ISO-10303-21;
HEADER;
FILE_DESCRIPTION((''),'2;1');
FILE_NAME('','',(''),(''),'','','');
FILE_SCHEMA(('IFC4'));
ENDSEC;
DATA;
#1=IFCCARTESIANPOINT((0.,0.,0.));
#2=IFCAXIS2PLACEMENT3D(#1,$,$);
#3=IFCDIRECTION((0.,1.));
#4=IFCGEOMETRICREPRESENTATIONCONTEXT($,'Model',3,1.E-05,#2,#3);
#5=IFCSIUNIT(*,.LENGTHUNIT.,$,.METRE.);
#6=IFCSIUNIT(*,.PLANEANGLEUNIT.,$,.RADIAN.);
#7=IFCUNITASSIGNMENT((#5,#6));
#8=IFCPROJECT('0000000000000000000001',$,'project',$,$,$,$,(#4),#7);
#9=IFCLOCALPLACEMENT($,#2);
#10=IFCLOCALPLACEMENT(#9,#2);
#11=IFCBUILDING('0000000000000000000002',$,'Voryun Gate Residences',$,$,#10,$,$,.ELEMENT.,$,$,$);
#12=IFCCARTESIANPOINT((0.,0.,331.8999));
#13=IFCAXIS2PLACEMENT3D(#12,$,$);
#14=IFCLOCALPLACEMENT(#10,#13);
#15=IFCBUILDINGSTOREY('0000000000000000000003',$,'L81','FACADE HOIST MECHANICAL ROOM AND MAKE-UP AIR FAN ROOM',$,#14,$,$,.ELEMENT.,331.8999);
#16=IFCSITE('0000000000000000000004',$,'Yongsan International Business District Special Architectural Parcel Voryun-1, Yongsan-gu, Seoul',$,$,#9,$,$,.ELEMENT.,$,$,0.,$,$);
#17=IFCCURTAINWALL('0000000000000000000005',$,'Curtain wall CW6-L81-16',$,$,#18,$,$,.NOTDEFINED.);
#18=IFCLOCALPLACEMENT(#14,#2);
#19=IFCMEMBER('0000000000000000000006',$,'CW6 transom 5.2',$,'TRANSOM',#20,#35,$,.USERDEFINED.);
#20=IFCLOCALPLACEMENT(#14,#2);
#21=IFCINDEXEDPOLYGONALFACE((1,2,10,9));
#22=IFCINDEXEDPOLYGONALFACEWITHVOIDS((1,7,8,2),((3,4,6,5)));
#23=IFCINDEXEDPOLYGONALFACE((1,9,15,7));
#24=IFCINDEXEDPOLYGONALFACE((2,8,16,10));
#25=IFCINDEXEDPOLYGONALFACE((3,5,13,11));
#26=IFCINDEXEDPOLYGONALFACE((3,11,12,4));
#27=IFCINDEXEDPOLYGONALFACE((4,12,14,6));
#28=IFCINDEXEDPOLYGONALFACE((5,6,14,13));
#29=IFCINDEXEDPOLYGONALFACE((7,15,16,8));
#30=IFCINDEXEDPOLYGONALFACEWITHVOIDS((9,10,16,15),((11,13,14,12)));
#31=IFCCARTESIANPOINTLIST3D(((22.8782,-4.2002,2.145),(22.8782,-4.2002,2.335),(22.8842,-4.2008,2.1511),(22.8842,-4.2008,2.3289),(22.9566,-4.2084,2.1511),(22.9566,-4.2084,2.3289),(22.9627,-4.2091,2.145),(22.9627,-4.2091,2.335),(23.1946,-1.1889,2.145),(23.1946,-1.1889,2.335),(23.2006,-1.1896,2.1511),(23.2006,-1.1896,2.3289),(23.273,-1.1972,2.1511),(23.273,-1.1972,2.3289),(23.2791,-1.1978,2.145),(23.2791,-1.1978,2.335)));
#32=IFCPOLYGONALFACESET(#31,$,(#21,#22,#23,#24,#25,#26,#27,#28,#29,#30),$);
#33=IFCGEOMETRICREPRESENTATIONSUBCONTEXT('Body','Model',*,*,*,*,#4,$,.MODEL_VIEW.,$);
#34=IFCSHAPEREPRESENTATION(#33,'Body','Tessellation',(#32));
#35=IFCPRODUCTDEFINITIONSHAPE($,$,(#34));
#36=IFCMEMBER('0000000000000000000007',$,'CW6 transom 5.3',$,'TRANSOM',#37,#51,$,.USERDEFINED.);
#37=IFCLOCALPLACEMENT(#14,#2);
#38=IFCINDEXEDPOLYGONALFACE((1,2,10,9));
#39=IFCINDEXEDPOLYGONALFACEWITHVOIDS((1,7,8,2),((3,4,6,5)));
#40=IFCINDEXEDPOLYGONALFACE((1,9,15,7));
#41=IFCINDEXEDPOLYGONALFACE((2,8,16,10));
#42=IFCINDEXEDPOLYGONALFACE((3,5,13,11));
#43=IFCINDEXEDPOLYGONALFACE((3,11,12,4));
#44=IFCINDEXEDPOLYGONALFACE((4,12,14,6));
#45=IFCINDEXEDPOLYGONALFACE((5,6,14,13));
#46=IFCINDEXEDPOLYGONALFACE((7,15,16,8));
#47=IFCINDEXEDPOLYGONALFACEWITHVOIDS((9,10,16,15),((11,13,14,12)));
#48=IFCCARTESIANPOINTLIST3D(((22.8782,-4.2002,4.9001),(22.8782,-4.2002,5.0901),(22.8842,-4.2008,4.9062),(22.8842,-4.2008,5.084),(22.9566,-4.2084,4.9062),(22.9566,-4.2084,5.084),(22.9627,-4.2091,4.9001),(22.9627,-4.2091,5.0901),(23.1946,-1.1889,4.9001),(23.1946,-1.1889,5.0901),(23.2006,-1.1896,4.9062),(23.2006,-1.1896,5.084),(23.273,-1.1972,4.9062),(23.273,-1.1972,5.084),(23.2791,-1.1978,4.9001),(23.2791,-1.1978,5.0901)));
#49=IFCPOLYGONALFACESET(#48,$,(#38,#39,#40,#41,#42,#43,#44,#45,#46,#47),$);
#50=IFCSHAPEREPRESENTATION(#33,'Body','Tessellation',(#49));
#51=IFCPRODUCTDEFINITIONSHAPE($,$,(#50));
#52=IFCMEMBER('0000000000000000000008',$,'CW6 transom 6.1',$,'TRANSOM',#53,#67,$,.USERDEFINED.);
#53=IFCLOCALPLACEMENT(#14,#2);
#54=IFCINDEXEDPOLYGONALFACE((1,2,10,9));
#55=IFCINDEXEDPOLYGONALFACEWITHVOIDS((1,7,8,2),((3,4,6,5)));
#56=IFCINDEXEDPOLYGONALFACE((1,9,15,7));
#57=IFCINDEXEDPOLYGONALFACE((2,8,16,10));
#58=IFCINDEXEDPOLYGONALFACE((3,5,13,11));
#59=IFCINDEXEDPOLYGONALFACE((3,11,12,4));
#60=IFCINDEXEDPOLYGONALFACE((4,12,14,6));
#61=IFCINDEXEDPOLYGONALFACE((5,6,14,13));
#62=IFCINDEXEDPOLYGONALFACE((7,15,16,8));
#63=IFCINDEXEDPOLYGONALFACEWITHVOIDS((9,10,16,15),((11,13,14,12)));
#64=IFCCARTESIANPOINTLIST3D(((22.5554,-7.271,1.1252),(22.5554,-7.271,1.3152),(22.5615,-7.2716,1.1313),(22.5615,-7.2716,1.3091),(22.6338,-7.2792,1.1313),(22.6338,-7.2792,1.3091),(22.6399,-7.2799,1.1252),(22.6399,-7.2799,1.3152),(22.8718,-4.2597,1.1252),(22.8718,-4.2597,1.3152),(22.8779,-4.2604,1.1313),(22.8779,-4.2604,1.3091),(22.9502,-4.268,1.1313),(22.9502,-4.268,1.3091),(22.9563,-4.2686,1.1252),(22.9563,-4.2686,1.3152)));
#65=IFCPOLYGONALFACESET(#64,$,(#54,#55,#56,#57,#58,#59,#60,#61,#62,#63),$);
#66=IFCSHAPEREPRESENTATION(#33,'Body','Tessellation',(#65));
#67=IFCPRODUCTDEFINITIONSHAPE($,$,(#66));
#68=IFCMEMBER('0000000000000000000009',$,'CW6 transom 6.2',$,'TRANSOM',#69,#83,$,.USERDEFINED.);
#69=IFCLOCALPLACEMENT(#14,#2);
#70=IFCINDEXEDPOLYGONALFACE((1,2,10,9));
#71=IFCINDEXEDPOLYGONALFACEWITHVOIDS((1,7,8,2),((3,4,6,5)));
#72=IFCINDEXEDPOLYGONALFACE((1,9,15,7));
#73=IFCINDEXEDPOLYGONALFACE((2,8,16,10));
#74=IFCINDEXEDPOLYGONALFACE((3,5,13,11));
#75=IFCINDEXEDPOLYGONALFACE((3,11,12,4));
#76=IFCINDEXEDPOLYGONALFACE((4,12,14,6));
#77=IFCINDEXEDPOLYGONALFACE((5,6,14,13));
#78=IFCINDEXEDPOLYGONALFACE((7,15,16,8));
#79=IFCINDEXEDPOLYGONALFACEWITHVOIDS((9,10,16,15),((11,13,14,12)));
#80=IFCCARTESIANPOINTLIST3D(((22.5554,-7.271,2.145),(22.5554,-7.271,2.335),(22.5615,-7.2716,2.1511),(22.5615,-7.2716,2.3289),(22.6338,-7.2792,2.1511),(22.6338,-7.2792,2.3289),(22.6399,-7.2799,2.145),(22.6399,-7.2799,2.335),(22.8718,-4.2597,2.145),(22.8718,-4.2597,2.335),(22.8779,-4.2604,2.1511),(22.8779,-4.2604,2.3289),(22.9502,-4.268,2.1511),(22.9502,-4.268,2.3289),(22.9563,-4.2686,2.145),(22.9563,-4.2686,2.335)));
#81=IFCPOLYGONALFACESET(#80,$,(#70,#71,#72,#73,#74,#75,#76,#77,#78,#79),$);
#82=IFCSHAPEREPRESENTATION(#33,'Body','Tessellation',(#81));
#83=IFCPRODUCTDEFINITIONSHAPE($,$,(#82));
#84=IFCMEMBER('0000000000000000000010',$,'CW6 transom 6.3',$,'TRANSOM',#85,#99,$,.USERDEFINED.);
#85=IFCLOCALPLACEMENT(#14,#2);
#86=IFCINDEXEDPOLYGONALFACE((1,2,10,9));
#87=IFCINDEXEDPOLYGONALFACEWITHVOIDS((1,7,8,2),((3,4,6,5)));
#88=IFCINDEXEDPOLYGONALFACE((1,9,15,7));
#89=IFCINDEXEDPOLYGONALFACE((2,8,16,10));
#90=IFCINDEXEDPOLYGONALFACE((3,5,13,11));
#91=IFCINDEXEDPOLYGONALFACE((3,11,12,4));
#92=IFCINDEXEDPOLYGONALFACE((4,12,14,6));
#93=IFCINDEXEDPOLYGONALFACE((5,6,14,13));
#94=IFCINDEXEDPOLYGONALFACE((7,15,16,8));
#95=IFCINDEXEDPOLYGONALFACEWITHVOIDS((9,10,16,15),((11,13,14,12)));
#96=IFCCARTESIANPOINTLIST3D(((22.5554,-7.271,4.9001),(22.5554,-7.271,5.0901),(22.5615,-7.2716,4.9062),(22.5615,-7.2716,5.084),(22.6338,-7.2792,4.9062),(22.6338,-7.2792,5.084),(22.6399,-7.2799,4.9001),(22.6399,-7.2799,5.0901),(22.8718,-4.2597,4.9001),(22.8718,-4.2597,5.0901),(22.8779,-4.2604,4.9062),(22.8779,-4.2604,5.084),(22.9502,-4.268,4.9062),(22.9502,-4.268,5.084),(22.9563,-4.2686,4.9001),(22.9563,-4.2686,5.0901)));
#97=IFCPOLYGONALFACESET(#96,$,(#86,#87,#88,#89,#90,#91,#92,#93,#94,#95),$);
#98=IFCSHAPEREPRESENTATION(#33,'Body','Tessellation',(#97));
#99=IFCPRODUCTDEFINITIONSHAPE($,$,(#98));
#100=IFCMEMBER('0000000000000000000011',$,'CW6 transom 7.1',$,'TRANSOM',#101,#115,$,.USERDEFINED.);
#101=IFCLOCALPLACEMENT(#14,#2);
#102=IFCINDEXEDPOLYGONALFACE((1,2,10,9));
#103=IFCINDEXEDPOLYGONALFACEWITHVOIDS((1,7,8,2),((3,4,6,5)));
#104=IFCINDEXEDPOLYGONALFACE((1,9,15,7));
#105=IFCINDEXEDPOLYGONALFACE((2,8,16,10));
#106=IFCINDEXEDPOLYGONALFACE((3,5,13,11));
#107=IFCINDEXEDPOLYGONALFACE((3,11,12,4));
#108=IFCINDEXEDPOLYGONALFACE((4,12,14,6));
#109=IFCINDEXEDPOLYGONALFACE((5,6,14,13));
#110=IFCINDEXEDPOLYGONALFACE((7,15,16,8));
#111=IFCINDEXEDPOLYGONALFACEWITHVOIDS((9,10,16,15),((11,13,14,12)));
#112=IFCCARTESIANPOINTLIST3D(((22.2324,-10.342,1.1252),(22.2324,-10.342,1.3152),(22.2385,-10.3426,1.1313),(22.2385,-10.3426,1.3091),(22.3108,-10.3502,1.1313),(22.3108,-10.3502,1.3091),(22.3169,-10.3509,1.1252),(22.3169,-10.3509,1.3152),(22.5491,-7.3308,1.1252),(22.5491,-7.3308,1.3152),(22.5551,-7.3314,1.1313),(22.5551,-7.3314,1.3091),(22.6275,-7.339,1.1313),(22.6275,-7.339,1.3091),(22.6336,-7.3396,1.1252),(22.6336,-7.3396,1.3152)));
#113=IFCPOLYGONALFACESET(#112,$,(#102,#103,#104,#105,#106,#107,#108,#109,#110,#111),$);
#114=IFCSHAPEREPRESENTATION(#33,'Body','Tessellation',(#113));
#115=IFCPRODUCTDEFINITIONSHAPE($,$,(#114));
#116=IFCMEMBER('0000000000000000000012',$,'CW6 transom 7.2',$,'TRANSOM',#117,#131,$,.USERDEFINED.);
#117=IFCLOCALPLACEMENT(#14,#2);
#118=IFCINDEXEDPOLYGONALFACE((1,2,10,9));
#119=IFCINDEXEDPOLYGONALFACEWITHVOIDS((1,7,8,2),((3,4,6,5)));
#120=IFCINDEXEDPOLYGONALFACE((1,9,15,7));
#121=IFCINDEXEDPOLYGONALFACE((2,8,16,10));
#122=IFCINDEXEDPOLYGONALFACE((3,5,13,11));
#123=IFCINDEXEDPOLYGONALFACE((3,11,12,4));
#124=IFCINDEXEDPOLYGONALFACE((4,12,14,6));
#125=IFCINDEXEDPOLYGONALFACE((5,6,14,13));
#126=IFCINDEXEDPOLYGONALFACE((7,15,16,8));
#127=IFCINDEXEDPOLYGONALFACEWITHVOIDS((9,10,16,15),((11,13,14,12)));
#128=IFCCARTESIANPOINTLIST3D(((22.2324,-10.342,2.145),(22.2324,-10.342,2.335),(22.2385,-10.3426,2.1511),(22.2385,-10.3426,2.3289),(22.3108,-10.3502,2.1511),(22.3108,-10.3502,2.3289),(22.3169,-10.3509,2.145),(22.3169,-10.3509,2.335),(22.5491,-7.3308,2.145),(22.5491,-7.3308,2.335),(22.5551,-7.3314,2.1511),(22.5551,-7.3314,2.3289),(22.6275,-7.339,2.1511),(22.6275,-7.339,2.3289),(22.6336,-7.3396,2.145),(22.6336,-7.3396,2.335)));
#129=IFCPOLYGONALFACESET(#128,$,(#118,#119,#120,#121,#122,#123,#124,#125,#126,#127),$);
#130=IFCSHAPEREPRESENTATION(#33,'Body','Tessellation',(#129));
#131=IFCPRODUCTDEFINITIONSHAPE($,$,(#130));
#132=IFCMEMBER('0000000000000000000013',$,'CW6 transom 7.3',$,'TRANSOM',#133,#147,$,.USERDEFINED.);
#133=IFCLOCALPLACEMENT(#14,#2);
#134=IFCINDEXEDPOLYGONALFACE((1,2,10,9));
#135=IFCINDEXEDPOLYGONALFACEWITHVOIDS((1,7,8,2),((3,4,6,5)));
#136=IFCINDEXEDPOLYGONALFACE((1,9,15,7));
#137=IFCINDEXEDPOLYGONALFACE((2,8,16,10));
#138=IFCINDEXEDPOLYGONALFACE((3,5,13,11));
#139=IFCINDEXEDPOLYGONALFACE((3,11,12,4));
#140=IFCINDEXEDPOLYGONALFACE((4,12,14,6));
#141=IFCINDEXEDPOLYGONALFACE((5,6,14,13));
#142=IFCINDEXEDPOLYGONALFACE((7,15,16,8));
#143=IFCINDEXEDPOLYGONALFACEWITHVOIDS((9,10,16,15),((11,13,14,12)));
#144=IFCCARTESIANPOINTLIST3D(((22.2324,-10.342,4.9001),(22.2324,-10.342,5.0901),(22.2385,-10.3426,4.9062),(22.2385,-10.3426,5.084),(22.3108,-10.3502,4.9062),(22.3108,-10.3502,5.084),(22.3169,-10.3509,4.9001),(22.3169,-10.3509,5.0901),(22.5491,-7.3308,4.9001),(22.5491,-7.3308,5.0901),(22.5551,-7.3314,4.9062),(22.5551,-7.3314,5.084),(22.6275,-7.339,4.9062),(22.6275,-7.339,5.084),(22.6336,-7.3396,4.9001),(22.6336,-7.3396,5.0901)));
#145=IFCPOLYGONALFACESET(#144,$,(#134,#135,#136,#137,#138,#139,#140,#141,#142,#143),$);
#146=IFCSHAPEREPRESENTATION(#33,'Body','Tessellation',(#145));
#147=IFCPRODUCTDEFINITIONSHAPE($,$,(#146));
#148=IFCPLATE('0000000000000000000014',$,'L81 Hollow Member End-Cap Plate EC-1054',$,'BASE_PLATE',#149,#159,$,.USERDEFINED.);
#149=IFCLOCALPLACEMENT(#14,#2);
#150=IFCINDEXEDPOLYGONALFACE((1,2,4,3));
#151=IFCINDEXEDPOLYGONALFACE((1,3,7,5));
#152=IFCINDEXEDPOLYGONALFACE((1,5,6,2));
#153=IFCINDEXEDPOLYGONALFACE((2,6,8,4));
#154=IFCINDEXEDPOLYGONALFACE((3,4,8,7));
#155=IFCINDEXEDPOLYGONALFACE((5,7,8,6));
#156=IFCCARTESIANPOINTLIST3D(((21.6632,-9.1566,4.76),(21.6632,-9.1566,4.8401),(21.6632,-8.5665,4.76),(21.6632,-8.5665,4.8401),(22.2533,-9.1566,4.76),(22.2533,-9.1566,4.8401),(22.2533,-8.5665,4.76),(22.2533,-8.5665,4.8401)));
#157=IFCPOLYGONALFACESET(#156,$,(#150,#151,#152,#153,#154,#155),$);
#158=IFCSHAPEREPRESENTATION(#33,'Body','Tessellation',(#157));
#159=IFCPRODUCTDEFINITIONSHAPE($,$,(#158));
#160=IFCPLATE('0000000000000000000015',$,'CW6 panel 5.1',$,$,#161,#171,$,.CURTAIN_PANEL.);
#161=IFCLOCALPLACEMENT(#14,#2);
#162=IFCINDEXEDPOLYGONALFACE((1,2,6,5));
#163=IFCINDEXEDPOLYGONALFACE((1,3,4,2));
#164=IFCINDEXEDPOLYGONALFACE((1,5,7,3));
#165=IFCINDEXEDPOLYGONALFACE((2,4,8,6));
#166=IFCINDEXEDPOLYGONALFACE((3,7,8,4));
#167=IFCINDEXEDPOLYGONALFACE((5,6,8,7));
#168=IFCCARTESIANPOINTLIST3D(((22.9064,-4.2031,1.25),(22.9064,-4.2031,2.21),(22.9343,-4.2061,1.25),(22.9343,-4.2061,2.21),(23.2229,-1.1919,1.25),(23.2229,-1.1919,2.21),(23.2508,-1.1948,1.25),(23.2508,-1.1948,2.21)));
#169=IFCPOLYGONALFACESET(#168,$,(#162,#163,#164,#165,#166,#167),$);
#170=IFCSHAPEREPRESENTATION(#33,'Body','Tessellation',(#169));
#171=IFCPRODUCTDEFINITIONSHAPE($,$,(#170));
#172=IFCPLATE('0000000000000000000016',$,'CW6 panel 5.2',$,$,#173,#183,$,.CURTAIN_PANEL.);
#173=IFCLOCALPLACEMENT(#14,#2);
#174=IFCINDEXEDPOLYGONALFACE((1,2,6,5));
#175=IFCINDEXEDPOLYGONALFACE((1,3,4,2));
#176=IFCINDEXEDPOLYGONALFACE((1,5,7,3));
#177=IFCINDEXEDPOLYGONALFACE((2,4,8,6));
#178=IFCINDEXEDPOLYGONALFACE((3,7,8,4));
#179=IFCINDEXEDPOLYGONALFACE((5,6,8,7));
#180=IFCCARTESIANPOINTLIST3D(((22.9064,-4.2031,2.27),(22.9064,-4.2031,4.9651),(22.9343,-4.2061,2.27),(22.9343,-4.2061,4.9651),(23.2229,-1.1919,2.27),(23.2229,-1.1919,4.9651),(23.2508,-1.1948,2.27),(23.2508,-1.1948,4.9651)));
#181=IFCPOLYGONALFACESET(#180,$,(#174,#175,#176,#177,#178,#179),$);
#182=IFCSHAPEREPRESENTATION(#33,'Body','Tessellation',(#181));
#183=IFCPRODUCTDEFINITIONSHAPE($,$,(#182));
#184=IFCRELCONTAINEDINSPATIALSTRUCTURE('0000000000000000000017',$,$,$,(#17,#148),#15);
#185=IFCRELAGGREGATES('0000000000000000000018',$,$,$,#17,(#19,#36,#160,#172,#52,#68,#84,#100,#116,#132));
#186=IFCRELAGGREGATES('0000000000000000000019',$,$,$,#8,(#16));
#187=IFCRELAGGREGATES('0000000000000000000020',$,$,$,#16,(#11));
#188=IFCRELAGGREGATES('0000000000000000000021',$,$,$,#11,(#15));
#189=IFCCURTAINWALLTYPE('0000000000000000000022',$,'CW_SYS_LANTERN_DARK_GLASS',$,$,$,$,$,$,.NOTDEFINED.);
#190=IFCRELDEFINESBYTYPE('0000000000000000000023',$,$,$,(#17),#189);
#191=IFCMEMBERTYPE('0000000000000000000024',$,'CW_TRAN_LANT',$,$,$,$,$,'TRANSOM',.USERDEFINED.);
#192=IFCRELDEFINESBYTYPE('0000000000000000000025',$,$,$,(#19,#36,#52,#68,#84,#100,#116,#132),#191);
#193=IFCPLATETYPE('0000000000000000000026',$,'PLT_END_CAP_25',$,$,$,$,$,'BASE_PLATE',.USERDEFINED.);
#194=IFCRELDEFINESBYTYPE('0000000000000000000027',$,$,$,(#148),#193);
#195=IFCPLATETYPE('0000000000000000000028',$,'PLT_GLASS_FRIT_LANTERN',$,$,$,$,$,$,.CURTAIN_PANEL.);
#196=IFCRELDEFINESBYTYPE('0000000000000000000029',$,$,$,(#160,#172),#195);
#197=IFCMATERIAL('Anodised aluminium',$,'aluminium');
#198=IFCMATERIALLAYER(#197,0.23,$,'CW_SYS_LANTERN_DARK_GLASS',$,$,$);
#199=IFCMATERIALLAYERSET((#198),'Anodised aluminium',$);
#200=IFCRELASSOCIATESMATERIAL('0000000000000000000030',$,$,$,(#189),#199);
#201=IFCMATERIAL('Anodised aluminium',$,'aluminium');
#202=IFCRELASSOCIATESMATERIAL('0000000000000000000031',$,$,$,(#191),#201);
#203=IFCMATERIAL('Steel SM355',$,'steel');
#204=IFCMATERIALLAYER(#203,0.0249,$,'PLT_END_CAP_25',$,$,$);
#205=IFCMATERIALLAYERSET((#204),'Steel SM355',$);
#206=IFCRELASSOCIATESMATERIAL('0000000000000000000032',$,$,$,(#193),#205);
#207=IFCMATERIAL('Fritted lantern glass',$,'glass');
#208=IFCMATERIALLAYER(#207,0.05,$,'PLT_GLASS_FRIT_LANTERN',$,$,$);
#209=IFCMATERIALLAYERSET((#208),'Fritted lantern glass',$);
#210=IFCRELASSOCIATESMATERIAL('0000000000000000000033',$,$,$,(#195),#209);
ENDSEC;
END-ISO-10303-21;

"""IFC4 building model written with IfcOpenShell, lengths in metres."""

from ifc_helpers import new_model, si_unit, direction, frame, origin, origin_2d, place, context, subcontext, project, spatial, rectangle, hollow_rectangle, extrude, material, layer, layer_set, material_profile, profile_set, type_object, element, aggregate, save


model = new_model("IFC4")

# Units and contexts
model_context = context("Model", 3, precision=1e-05, world=origin(), true_north=direction((0.0, 1.0)))
body_context = subcontext(model_context, "Body", "Model", "MODEL_VIEW")
ifc_project = project(units=[si_unit("LENGTHUNIT", "METRE"), si_unit("PLANEANGLEUNIT", "RADIAN")], contexts=[model_context])

# Site, building, storey
site_placement = place(None, origin())
site = spatial("IfcSite", under=ifc_project, at=site_placement, Name="Yongsan International Business District Special Architectural Parcel Voryun-1, Yongsan-gu, Seoul", CompositionType="ELEMENT", RefElevation=0.0)
building_placement = place(site_placement, origin())
building = spatial("IfcBuilding", under=site, at=building_placement, Name="Voryun Gate Residences", CompositionType="ELEMENT")
storey_placement = place(building_placement, frame((0.0, 0.0, 331.8999)))
storey = spatial("IfcBuildingStorey", under=building, at=storey_placement, Name="L81", Description="FACADE HOIST MECHANICAL ROOM AND MAKE-UP AIR FAN ROOM", CompositionType="ELEMENT", Elevation=331.8999)

# Curtain wall, members
ifc_material_1 = material(Name="Anodised aluminium", Category="aluminium")
ifc_layer_1 = layer(ifc_material_1, 0.23, Name="CW_SYS_LANTERN_DARK_GLASS")
ifc_layer_set_1 = layer_set([ifc_layer_1], Name="Anodised aluminium")
curtain_wall_type = type_object("IfcCurtainWallType", Name="CW_SYS_LANTERN_DARK_GLASS", PredefinedType="NOTDEFINED", material=ifc_layer_set_1)
curtain_wall_placement = place(storey_placement, origin())
curtain_wall = element("IfcCurtainWall", 1, at=curtain_wall_placement, inside=storey, type_object=curtain_wall_type, Name="Curtain wall CW6-L81-16", PredefinedType="NOTDEFINED")
ifc_material_2 = material(Name="Anodised aluminium", Category="aluminium")
ifc_material_profile_1 = material_profile(ifc_material_2, hollow_rectangle(XDim=0.085, YDim=0.1899, WallThickness=0.0061, at=origin_2d()), Name="ALU-TRAN-190x85x6")
ifc_profile_set_1 = profile_set([ifc_material_profile_1], Name="Anodised aluminium")
member_type_1 = type_object("IfcMemberType", Name="CW_TRAN_LANT", ElementType="TRANSOM", PredefinedType="USERDEFINED", material=ifc_profile_set_1)
member_1_placement = place(storey_placement, frame((23.2368, -1.1934, 2.24), z_axis=(-0.1045, -0.994525, 0.0), x_axis=(0.994525, -0.1045, 0.0)))
member_1 = element("IfcMember", 2, at=member_1_placement, type_object=member_type_1, Name="CW6 transom 5.2", ObjectType="TRANSOM", PredefinedType="USERDEFINED", context=body_context, shape_type="SweptSolid", body=[
    extrude(hollow_rectangle(XDim=0.085, YDim=0.1899, WallThickness=0.0061, at=origin_2d()), origin(), (0.0, 0.0, 1.0), 3.0278),
])
member_2_placement = place(storey_placement, frame((23.2368, -1.1934, 4.9951), z_axis=(-0.1045, -0.994525, 0.0), x_axis=(0.994525, -0.1045, 0.0)))
member_2 = element("IfcMember", 3, at=member_2_placement, type_object=member_type_1, Name="CW6 transom 5.3", ObjectType="TRANSOM", PredefinedType="USERDEFINED", context=body_context, shape_type="SweptSolid", body=[
    extrude(hollow_rectangle(XDim=0.085, YDim=0.1899, WallThickness=0.0061, at=origin_2d()), origin(), (0.0, 0.0, 1.0), 3.0278),
])
member_3_placement = place(storey_placement, frame((22.9141, -4.2642, 1.2202), z_axis=(-0.1045, -0.994525, 0.0), x_axis=(0.994525, -0.1045, 0.0)))
member_3 = element("IfcMember", 4, at=member_3_placement, type_object=member_type_1, Name="CW6 transom 6.1", ObjectType="TRANSOM", PredefinedType="USERDEFINED", context=body_context, shape_type="SweptSolid", body=[
    extrude(hollow_rectangle(XDim=0.085, YDim=0.1899, WallThickness=0.0061, at=origin_2d()), origin(), (0.0, 0.0, 1.0), 3.0278),
])
member_4_placement = place(storey_placement, frame((22.9141, -4.2642, 2.24), z_axis=(-0.1045, -0.994525, 0.0), x_axis=(0.994525, -0.1045, 0.0)))
member_4 = element("IfcMember", 5, at=member_4_placement, type_object=member_type_1, Name="CW6 transom 6.2", ObjectType="TRANSOM", PredefinedType="USERDEFINED", context=body_context, shape_type="SweptSolid", body=[
    extrude(hollow_rectangle(XDim=0.085, YDim=0.1899, WallThickness=0.0061, at=origin_2d()), origin(), (0.0, 0.0, 1.0), 3.0278),
])
member_5_placement = place(storey_placement, frame((22.9141, -4.2642, 4.9951), z_axis=(-0.1045, -0.994525, 0.0), x_axis=(0.994525, -0.1045, 0.0)))
member_5 = element("IfcMember", 6, at=member_5_placement, type_object=member_type_1, Name="CW6 transom 6.3", ObjectType="TRANSOM", PredefinedType="USERDEFINED", context=body_context, shape_type="SweptSolid", body=[
    extrude(hollow_rectangle(XDim=0.085, YDim=0.1899, WallThickness=0.0061, at=origin_2d()), origin(), (0.0, 0.0, 1.0), 3.0278),
])
member_6_placement = place(storey_placement, frame((22.5913, -7.3352, 1.2202), z_axis=(-0.10458, -0.994516, 0.0), x_axis=(0.994516, -0.10458, 0.0)))
member_6 = element("IfcMember", 7, at=member_6_placement, type_object=member_type_1, Name="CW6 transom 7.1", ObjectType="TRANSOM", PredefinedType="USERDEFINED", context=body_context, shape_type="SweptSolid", body=[
    extrude(hollow_rectangle(XDim=0.085, YDim=0.1899, WallThickness=0.0061, at=origin_2d()), origin(), (0.0, 0.0, 1.0), 3.0278),
])
member_7_placement = place(storey_placement, frame((22.5913, -7.3352, 2.24), z_axis=(-0.10458, -0.994516, 0.0), x_axis=(0.994516, -0.10458, 0.0)))
member_7 = element("IfcMember", 8, at=member_7_placement, type_object=member_type_1, Name="CW6 transom 7.2", ObjectType="TRANSOM", PredefinedType="USERDEFINED", context=body_context, shape_type="SweptSolid", body=[
    extrude(hollow_rectangle(XDim=0.085, YDim=0.1899, WallThickness=0.0061, at=origin_2d()), origin(), (0.0, 0.0, 1.0), 3.0278),
])
member_8_placement = place(storey_placement, frame((22.5913, -7.3352, 4.9951), z_axis=(-0.10458, -0.994516, 0.0), x_axis=(0.994516, -0.10458, 0.0)))
member_8 = element("IfcMember", 9, at=member_8_placement, type_object=member_type_1, Name="CW6 transom 7.3", ObjectType="TRANSOM", PredefinedType="USERDEFINED", context=body_context, shape_type="SweptSolid", body=[
    extrude(hollow_rectangle(XDim=0.085, YDim=0.1899, WallThickness=0.0061, at=origin_2d()), origin(), (0.0, 0.0, 1.0), 3.0278),
])

# Plates
ifc_material_3 = material(Name="Steel SM355", Category="steel")
ifc_layer_2 = layer(ifc_material_3, 0.0249, Name="PLT_END_CAP_25")
ifc_layer_set_2 = layer_set([ifc_layer_2], Name="Steel SM355")
plate_type_1 = type_object("IfcPlateType", Name="PLT_END_CAP_25", ElementType="BASE_PLATE", PredefinedType="USERDEFINED", material=ifc_layer_set_2)
plate_1_placement = place(storey_placement, frame((21.9583, -8.8616, 4.76), z_axis=(0.0, 0.0, 1.0), x_axis=(1.0, 0.0, 0.0)))
element("IfcPlate", 10, at=plate_1_placement, inside=storey, type_object=plate_type_1, Name="L81 Hollow Member End-Cap Plate EC-1054", ObjectType="BASE_PLATE", PredefinedType="USERDEFINED", context=body_context, shape_type="SweptSolid", body=[
    extrude(rectangle(XDim=0.5901, YDim=0.5901, at=origin_2d()), origin(), (0.0, 0.0, 1.0), 0.0801),
])
ifc_material_4 = material(Name="Fritted lantern glass", Category="glass")
ifc_layer_3 = layer(ifc_material_4, 0.05, Name="PLT_GLASS_FRIT_LANTERN")
ifc_layer_set_3 = layer_set([ifc_layer_3], Name="Fritted lantern glass")
plate_type_2 = type_object("IfcPlateType", Name="PLT_GLASS_FRIT_LANTERN", PredefinedType="CURTAIN_PANEL", material=ifc_layer_set_3)
plate_2_placement = place(storey_placement, frame((23.0786, -2.699, 1.25), z_axis=(0.0, 0.0, 1.0), x_axis=(-0.104528, -0.994522, 0.0)))
plate_2 = element("IfcPlate", 11, at=plate_2_placement, type_object=plate_type_2, Name="CW6 panel 5.1", PredefinedType="CURTAIN_PANEL", context=body_context, shape_type="SweptSolid", body=[
    extrude(rectangle(XDim=3.0278, YDim=0.0281, at=origin_2d()), origin(), (0.0, 0.0, 1.0), 0.96),
])
plate_3_placement = place(storey_placement, frame((23.0786, -2.699, 2.27), z_axis=(0.0, 0.0, 1.0), x_axis=(-0.104528, -0.994522, 0.0)))
plate_3 = element("IfcPlate", 12, at=plate_3_placement, type_object=plate_type_2, Name="CW6 panel 5.2", PredefinedType="CURTAIN_PANEL", context=body_context, shape_type="SweptSolid", body=[
    extrude(rectangle(XDim=3.0278, YDim=0.0281, at=origin_2d()), origin(), (0.0, 0.0, 1.0), 2.6951),
])
aggregate(curtain_wall, [member_1, member_2, plate_2, plate_3, member_3, member_4, member_5, member_6, member_7, member_8])

save(model, "model.ifc")
